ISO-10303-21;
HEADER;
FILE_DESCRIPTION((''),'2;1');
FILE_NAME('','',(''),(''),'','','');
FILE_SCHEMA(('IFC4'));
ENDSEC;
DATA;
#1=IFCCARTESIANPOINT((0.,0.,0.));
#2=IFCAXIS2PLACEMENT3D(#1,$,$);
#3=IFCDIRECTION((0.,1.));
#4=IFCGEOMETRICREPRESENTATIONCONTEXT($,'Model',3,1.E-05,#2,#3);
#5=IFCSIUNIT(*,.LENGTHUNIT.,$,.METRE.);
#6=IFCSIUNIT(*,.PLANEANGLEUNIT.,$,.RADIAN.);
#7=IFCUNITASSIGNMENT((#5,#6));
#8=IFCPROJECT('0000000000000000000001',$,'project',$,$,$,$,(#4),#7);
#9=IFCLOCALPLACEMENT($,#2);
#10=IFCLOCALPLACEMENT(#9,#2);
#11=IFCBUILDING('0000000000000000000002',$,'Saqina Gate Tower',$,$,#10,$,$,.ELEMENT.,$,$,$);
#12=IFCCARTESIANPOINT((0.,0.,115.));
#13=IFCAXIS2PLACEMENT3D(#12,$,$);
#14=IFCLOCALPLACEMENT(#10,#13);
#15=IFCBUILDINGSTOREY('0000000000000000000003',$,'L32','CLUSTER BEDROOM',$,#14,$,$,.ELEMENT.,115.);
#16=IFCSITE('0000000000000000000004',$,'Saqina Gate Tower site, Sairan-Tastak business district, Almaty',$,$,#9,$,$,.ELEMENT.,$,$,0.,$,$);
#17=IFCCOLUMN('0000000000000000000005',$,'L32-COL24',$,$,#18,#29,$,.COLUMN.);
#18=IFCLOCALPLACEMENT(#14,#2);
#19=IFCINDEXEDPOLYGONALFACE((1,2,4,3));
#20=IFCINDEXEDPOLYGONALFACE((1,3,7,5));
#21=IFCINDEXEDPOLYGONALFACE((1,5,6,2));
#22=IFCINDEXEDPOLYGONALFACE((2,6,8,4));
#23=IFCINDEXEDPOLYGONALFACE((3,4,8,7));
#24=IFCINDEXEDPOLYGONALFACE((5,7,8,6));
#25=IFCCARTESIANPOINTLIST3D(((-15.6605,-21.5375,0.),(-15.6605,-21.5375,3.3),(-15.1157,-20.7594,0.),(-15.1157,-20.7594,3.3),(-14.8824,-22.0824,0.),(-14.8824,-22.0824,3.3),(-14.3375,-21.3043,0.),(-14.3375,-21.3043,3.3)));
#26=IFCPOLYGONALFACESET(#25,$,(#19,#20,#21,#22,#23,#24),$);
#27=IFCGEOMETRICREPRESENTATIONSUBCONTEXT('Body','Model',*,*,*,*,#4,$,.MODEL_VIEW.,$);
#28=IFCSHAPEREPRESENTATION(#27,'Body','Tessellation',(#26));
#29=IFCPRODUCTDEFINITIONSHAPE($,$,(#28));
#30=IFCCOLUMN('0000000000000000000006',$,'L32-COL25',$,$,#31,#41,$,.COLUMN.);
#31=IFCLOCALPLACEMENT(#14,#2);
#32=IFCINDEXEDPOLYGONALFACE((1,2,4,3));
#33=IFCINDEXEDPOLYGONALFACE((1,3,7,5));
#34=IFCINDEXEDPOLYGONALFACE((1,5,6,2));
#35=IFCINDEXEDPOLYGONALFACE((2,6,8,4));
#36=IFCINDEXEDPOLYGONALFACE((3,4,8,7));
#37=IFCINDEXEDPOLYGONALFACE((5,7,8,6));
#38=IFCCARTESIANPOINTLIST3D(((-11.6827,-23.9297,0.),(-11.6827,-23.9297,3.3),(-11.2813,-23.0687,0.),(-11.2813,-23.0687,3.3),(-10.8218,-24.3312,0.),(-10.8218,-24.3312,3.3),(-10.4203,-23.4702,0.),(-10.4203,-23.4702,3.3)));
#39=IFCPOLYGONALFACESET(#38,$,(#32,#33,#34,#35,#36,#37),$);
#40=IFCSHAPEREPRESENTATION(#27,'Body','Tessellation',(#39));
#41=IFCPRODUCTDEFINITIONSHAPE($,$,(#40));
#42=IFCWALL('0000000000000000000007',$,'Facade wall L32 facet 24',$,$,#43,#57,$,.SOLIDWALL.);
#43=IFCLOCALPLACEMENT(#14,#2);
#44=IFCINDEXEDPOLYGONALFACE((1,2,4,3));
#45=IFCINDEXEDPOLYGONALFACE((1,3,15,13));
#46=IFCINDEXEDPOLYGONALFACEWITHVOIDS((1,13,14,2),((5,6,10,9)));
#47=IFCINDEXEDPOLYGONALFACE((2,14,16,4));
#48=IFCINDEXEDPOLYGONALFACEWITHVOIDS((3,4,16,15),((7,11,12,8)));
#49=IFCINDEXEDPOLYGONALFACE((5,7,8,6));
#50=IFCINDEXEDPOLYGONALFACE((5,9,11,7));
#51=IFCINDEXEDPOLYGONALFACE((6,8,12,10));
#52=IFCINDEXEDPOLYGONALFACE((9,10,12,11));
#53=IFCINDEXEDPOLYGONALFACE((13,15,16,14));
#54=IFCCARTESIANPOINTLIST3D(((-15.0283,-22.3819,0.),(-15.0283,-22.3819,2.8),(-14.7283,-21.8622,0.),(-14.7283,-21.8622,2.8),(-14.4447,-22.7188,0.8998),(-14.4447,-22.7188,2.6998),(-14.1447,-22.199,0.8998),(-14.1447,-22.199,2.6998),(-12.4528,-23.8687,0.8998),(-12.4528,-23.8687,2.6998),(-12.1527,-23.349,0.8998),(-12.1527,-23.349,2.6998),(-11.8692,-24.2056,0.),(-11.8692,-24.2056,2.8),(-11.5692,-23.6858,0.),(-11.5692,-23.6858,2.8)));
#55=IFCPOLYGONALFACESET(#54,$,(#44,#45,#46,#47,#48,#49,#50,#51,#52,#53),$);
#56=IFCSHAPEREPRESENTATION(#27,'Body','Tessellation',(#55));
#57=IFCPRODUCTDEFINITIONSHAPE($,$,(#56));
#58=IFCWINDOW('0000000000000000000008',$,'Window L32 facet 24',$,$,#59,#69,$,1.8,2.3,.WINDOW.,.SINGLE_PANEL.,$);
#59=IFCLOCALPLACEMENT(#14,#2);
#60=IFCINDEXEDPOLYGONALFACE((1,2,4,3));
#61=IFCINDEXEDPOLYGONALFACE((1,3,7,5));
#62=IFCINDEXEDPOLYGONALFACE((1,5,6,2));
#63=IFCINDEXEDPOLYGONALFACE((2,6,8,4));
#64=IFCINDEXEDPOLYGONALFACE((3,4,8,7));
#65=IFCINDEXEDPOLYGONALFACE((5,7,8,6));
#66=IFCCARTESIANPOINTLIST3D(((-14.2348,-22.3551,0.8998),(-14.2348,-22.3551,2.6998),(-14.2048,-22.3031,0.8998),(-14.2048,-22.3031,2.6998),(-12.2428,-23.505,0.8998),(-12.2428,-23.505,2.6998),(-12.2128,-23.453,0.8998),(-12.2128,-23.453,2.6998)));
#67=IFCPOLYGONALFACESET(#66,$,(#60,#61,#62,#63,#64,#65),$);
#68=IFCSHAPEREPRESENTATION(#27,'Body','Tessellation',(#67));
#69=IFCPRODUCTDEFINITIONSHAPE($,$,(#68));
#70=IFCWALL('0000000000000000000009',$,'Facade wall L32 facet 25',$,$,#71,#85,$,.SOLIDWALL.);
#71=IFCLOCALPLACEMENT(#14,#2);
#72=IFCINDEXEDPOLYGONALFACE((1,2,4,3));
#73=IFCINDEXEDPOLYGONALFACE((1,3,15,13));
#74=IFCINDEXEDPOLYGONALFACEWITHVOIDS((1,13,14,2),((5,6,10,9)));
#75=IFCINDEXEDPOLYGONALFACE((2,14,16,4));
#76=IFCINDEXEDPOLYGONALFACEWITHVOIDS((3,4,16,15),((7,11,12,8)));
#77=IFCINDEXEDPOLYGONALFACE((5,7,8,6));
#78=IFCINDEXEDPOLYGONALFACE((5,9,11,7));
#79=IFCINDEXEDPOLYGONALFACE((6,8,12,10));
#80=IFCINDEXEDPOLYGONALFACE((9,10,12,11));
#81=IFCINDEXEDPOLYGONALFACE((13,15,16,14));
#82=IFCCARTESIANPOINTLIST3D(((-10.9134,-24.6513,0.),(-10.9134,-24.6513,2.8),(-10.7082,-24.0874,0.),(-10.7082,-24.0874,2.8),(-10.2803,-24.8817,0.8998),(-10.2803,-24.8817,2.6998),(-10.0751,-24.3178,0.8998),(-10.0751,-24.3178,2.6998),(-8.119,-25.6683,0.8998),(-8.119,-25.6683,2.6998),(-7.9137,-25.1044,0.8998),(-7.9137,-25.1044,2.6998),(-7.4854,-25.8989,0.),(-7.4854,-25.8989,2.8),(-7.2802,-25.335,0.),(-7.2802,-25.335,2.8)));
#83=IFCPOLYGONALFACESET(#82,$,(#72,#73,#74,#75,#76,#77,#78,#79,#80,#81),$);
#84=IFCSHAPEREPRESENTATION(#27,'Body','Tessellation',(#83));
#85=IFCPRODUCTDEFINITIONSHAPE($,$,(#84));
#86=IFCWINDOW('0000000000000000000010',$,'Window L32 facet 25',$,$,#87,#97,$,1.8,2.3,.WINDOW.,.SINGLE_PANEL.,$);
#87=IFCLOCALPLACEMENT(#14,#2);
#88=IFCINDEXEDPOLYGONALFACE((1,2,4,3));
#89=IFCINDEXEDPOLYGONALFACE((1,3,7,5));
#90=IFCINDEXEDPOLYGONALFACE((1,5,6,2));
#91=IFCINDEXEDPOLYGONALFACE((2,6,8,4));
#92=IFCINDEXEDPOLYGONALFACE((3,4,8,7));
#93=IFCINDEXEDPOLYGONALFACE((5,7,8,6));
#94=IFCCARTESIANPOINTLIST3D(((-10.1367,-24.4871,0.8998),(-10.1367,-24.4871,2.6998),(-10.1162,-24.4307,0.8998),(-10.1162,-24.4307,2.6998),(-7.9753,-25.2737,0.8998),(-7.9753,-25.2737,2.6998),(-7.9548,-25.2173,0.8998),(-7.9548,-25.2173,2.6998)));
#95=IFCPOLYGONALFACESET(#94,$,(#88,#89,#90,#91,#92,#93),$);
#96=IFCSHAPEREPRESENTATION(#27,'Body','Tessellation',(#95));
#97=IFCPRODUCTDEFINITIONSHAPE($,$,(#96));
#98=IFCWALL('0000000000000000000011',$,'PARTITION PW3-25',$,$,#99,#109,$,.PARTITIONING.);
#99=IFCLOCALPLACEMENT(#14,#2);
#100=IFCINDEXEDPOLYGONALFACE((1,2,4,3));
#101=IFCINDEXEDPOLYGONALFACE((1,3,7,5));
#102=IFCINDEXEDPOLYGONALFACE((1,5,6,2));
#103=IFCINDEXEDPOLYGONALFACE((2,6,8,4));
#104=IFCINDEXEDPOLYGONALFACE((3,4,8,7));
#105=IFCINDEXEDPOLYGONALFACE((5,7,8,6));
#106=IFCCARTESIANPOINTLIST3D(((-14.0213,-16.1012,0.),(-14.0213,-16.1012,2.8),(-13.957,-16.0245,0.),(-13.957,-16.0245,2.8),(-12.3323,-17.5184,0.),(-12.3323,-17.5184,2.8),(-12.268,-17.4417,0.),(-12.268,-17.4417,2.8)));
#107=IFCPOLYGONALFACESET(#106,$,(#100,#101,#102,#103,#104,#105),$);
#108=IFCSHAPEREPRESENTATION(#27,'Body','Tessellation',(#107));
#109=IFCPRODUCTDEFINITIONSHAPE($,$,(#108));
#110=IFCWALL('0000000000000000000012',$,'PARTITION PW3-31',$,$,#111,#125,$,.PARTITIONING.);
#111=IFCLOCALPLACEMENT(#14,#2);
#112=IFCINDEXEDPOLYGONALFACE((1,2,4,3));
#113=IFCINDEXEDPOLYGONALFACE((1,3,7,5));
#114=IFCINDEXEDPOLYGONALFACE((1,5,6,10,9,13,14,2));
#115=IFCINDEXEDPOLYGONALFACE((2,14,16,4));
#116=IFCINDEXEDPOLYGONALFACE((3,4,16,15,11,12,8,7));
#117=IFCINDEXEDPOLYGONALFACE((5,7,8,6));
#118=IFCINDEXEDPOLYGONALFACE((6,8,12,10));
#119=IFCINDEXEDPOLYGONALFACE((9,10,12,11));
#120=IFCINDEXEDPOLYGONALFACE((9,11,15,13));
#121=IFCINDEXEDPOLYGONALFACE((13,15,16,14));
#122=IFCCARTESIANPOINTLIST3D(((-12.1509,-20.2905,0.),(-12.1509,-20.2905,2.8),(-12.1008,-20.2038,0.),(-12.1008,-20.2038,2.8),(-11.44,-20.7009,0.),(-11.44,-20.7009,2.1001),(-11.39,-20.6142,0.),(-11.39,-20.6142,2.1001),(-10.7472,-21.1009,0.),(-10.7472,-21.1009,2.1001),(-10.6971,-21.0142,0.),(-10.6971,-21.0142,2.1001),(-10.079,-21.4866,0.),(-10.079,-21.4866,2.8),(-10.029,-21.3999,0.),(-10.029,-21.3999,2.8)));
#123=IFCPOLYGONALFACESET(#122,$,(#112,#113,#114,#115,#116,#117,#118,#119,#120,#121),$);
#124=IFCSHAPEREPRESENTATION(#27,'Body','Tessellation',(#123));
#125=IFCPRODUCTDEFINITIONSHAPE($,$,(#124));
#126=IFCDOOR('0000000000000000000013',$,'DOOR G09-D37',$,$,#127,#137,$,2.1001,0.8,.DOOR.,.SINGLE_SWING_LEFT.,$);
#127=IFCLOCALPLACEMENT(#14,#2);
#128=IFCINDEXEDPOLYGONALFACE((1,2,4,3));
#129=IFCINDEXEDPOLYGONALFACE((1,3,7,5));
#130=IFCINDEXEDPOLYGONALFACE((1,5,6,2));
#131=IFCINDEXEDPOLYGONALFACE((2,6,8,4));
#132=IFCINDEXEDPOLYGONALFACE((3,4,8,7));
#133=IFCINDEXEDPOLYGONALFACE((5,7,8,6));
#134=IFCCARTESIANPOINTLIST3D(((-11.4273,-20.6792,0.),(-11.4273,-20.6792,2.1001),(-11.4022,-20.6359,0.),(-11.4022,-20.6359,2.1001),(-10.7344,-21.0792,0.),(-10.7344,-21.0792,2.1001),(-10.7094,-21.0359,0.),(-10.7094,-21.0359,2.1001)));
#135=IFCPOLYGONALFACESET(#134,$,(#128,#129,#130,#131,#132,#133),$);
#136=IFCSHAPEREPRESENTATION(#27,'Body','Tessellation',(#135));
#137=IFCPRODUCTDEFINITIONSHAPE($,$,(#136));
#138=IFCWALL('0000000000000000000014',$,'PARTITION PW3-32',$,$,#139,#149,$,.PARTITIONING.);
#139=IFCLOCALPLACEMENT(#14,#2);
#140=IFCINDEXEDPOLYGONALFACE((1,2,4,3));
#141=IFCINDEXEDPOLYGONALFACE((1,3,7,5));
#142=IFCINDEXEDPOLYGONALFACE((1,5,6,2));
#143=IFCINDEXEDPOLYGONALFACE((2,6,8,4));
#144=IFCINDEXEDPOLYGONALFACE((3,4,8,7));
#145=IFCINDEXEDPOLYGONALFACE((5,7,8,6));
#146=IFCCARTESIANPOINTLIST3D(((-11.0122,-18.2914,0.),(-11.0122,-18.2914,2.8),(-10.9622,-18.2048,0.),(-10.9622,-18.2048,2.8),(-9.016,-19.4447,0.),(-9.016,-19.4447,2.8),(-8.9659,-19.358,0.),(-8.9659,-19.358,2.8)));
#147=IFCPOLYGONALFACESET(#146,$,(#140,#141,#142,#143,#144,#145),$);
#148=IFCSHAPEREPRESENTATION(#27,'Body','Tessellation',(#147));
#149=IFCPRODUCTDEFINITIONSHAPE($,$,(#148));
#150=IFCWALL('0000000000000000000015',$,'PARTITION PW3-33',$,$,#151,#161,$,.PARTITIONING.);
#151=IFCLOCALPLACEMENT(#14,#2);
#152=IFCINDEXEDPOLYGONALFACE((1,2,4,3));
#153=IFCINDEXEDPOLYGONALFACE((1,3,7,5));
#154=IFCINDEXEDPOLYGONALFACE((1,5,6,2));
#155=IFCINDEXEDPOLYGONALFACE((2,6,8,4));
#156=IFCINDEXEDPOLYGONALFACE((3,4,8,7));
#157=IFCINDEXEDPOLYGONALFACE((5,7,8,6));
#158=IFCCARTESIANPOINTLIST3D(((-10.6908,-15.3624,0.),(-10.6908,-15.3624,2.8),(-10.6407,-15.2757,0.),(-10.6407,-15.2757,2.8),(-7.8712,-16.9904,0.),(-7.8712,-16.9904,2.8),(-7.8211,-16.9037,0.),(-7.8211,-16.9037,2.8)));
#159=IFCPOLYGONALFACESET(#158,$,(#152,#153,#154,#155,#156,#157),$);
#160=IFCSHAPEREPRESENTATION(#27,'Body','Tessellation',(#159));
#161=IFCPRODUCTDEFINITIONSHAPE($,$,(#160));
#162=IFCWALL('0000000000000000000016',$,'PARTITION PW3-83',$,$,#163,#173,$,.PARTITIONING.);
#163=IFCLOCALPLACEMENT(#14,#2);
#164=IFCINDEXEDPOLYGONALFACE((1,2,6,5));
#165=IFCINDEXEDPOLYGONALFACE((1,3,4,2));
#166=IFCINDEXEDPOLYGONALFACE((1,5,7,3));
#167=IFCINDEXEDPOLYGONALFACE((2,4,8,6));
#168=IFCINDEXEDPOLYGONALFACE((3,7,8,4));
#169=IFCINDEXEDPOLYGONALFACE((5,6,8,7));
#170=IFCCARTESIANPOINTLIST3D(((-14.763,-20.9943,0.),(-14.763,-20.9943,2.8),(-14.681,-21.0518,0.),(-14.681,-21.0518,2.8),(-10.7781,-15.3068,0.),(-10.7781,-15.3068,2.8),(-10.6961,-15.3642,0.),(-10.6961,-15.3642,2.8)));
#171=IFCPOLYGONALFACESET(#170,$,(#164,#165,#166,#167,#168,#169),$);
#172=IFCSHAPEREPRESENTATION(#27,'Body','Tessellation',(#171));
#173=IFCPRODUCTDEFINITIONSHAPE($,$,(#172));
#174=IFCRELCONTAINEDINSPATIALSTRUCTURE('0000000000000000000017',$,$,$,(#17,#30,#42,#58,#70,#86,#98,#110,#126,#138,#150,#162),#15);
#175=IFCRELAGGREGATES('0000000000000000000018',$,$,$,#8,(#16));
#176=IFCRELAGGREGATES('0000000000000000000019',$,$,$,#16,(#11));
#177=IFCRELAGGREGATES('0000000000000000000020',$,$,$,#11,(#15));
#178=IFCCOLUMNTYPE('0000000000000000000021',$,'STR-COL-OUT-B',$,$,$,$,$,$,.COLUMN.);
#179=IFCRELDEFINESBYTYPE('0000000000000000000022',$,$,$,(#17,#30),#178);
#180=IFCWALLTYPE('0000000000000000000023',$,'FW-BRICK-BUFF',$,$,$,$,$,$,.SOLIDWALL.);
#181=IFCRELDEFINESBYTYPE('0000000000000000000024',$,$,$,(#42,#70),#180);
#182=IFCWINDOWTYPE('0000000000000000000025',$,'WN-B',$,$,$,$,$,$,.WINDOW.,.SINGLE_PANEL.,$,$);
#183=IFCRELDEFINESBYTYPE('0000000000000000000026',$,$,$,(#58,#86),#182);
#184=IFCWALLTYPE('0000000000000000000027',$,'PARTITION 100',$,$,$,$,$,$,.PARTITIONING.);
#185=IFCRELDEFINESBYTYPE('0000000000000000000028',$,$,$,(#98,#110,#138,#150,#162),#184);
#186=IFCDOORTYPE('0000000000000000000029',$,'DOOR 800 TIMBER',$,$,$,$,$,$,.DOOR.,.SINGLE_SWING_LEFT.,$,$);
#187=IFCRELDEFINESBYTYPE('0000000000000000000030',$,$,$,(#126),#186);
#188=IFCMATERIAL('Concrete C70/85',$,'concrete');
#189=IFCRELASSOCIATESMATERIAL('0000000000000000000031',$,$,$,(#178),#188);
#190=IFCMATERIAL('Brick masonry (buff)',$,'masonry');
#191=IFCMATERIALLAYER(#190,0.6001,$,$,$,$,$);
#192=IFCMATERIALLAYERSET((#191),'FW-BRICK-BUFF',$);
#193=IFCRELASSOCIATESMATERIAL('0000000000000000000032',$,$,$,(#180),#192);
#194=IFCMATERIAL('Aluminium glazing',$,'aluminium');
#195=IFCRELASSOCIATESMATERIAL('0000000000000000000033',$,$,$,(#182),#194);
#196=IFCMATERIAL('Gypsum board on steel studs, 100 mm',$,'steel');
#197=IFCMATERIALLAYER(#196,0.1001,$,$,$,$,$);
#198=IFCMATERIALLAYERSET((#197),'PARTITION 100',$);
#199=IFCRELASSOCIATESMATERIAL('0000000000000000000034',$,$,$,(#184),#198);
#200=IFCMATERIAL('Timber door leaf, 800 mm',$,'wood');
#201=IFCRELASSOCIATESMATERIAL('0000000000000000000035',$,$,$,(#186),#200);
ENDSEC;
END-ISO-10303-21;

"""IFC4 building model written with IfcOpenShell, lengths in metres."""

from ifc_helpers import new_model, si_unit, direction, frame, frame_2d, origin, origin_2d, place, context, subcontext, project, spatial, rectangle, extrude, material, layer, layer_set, material_profile, profile_set, type_object, element, fill, save


model = new_model("IFC4")

# Units and contexts
model_context = context("Model", 3, precision=1e-05, world=origin(), true_north=direction((0.0, 1.0)))
body_context = subcontext(model_context, "Body", "Model", "MODEL_VIEW")
ifc_project = project(units=[si_unit("LENGTHUNIT", "METRE"), si_unit("PLANEANGLEUNIT", "RADIAN")], contexts=[model_context])

# Site, building, storey
site_placement = place(None, origin())
site = spatial("IfcSite", under=ifc_project, at=site_placement, Name="Saqina Gate Tower site, Sairan-Tastak business district, Almaty", CompositionType="ELEMENT", RefElevation=0.0)
building_placement = place(site_placement, origin())
building = spatial("IfcBuilding", under=site, at=building_placement, Name="Saqina Gate Tower", CompositionType="ELEMENT")
storey_placement = place(building_placement, frame((0.0, 0.0, 115.0)))
storey = spatial("IfcBuildingStorey", under=building, at=storey_placement, Name="L32", Description="CLUSTER BEDROOM", CompositionType="ELEMENT", Elevation=115.0)

# Columns
ifc_material_1 = material(Name="Concrete C70/85", Category="concrete")
ifc_material_profile = material_profile(ifc_material_1, rectangle(XDim=0.95, YDim=0.95, at=origin_2d()), Name="RC 950x950")
ifc_profile_set = profile_set([ifc_material_profile], Name="Concrete C70/85")
column_type = type_object("IfcColumnType", Name="STR-COL-OUT-B", PredefinedType="COLUMN", material=ifc_profile_set)
for number, where, z_axis, x_axis, name in (
    (1, (-14.999, -21.4209, 0.0), (0.0, 0.0, 1.0), (-0.573576, -0.819152, 0.0), "L32-COL24"),
    (2, (-11.0515, -23.7, 0.0), (0.0, 0.0, 1.0), (-0.422618, -0.906308, 0.0), "L32-COL25"),
):
    element("IfcColumn", number, at=place(storey_placement, frame(where, z_axis=z_axis, x_axis=x_axis)), inside=storey, type_object=column_type, Name=name, PredefinedType="COLUMN", context=body_context, shape_type="SweptSolid", body=[
        extrude(rectangle(XDim=0.95, YDim=0.95, at=origin_2d()), origin(), (0.0, 0.0, 1.0), 3.3),
    ])

# Walls, openings, windows
ifc_material_2 = material(Name="Brick masonry (buff)", Category="masonry")
ifc_layer_1 = layer(ifc_material_2, 0.6001)
ifc_layer_set_1 = layer_set([ifc_layer_1], Name="FW-BRICK-BUFF")
wall_type_1 = type_object("IfcWallType", Name="FW-BRICK-BUFF", PredefinedType="SOLIDWALL", material=ifc_layer_set_1)
wall_1_placement = place(storey_placement, frame((-14.8782, -22.1221, 0.0), z_axis=(0.0, 0.0, 1.0), x_axis=(0.866052, -0.499954, 0.0)))
wall_1 = element("IfcWall", 3, at=wall_1_placement, inside=storey, type_object=wall_type_1, Name="Facade wall L32 facet 24", PredefinedType="SOLIDWALL", context=body_context, shape_type="SweptSolid", body=[
    extrude(rectangle(XDim=3.6477, YDim=0.6001, at=frame_2d((1.8237, 0.0))), origin(), (0.0, 0.0, 1.0), 2.8),
])
opening_1_placement = place(wall_1_placement, frame((0.6738, 0.0, 0.8999)))
opening_1 = element("IfcOpeningElement", 4, at=opening_1_placement, cuts=wall_1, PredefinedType="OPENING", context=body_context, shape_type="SweptSolid", body=[
    extrude(rectangle(XDim=2.3, YDim=1.8, at=frame_2d((1.1499, 0.8999))), frame((0.0, 0.312, 0.0), z_axis=(0.0, -1.0, 0.0), x_axis=(1.0, 0.0, 0.0)), (0.0, 0.0, 1.0), 0.624),
])
ifc_material_3 = material(Name="Aluminium glazing", Category="aluminium")
window_type = type_object("IfcWindowType", Name="WN-B", PartitioningType="SINGLE_PANEL", PredefinedType="WINDOW", material=ifc_material_3)
window_1_placement = place(opening_1_placement, origin())
window_1 = element("IfcWindow", 5, at=window_1_placement, inside=storey, type_object=window_type, Name="Window L32 facet 24", OverallHeight=1.8, OverallWidth=2.3, PartitioningType="SINGLE_PANEL", PredefinedType="WINDOW", context=body_context, shape_type="SweptSolid", body=[
    extrude(rectangle(XDim=2.3, YDim=1.8, at=frame_2d((1.1499, 0.8999))), frame((0.0, 0.1799, 0.0), z_axis=(0.0, -1.0, 0.0), x_axis=(1.0, 0.0, 0.0)), (0.0, 0.0, 1.0), 0.0601),
])
fill(opening_1, window_1)
wall_2_placement = place(storey_placement, frame((-10.8108, -24.3694, 0.0), z_axis=(0.0, 0.0, 1.0), x_axis=(0.939704, -0.34199, 0.0)))
wall_2 = element("IfcWall", 6, at=wall_2_placement, inside=storey, type_object=wall_type_1, Name="Facade wall L32 facet 25", PredefinedType="SOLIDWALL", context=body_context, shape_type="SweptSolid", body=[
    extrude(rectangle(XDim=3.6479, YDim=0.6001, at=frame_2d((1.824, 0.0))), origin(), (0.0, 0.0, 1.0), 2.8),
])
opening_2_placement = place(wall_2_placement, frame((0.6738, 0.0, 0.8999)))
opening_2 = element("IfcOpeningElement", 7, at=opening_2_placement, cuts=wall_2, PredefinedType="OPENING", context=body_context, shape_type="SweptSolid", body=[
    extrude(rectangle(XDim=2.3, YDim=1.8, at=frame_2d((1.1499, 0.8999))), frame((0.0, 0.312, 0.0), z_axis=(0.0, -1.0, 0.0), x_axis=(1.0, 0.0, 0.0)), (0.0, 0.0, 1.0), 0.624),
])
window_2_placement = place(opening_2_placement, origin())
window_2 = element("IfcWindow", 8, at=window_2_placement, inside=storey, type_object=window_type, Name="Window L32 facet 25", OverallHeight=1.8, OverallWidth=2.3, PartitioningType="SINGLE_PANEL", PredefinedType="WINDOW", context=body_context, shape_type="SweptSolid", body=[
    extrude(rectangle(XDim=2.3, YDim=1.8, at=frame_2d((1.1499, 0.8999))), frame((0.0, 0.1799, 0.0), z_axis=(0.0, -1.0, 0.0), x_axis=(1.0, 0.0, 0.0)), (0.0, 0.0, 1.0), 0.0601),
])
fill(opening_2, window_2)

# Wall
ifc_material_4 = material(Name="Gypsum board on steel studs, 100 mm", Category="steel")
ifc_layer_2 = layer(ifc_material_4, 0.1001)
ifc_layer_set_2 = layer_set([ifc_layer_2], Name="PARTITION 100")
wall_type_2 = type_object("IfcWallType", Name="PARTITION 100", PredefinedType="PARTITIONING", material=ifc_layer_set_2)
wall_3_placement = place(storey_placement, frame((-13.9893, -16.0627, 0.0), z_axis=(0.0, 0.0, 1.0), x_axis=(0.766039, -0.642795, 0.0)))
element("IfcWall", 9, at=wall_3_placement, inside=storey, type_object=wall_type_2, Name="PARTITION PW3-25", PredefinedType="PARTITIONING", context=body_context, shape_type="SweptSolid", body=[
    extrude(rectangle(XDim=2.2048, YDim=0.1001, at=frame_2d((1.1025, 0.0))), origin(), (0.0, 0.0, 1.0), 2.8),
])

# Wall, opening, door
wall_4_placement = place(storey_placement, frame((-12.126, -20.2471, 0.0), z_axis=(0.0, 0.0, 1.0), x_axis=(0.866043, -0.49997, 0.0)))
wall_4 = element("IfcWall", 10, at=wall_4_placement, inside=storey, type_object=wall_type_2, Name="PARTITION PW3-31", PredefinedType="PARTITIONING", context=body_context, shape_type="SweptSolid", body=[
    extrude(rectangle(XDim=2.3923, YDim=0.1001, at=frame_2d((1.1963, 0.0))), origin(), (0.0, 0.0, 1.0), 2.8),
])
opening_3_placement = place(wall_4_placement, frame((0.821, 0.0, 0.0)))
opening_3 = element("IfcOpeningElement", 11, at=opening_3_placement, cuts=wall_4, PredefinedType="OPENING", context=body_context, shape_type="SweptSolid", body=[
    extrude(rectangle(XDim=0.8, YDim=2.1001, at=frame_2d((0.3999, 1.05))), frame((0.0, 0.062, 0.0), z_axis=(0.0, -1.0, 0.0), x_axis=(1.0, 0.0, 0.0)), (0.0, 0.0, 1.0), 0.124),
])
ifc_material_5 = material(Name="Timber door leaf, 800 mm", Category="wood")
door_type_1 = type_object("IfcDoorType", Name="DOOR 800 TIMBER", OperationType="SINGLE_SWING_LEFT", PredefinedType="DOOR", material=ifc_material_5)
door_1_placement = place(opening_3_placement, frame((0.8, 0.0, 0.0), z_axis=(0.0, 0.0, 1.0), x_axis=(-1.0, 0.0, 0.0)))
door_1 = element("IfcDoor", 12, at=door_1_placement, inside=storey, type_object=door_type_1, Name="DOOR G09-D37", OperationType="SINGLE_SWING_LEFT", OverallHeight=2.1001, OverallWidth=0.8, PredefinedType="DOOR", context=body_context, shape_type="SweptSolid", body=[
    extrude(rectangle(XDim=0.8, YDim=2.1001, at=frame_2d((0.3999, 1.05))), frame((0.0, 0.0249, 0.0), z_axis=(0.0, -1.0, 0.0), x_axis=(1.0, 0.0, 0.0)), (0.0, 0.0, 1.0), 0.05),
])
fill(opening_3, door_1)

# Walls
wall_5_placement = place(storey_placement, frame((-10.9873, -18.248, 0.0), z_axis=(0.0, 0.0, 1.0), x_axis=(0.865887, -0.500239, 0.0)))
element("IfcWall", 13, at=wall_5_placement, inside=storey, type_object=wall_type_2, Name="PARTITION PW3-32", PredefinedType="PARTITIONING", context=body_context, shape_type="SweptSolid", body=[
    extrude(rectangle(XDim=2.3054, YDim=0.1001, at=frame_2d((1.1528, 0.0))), origin(), (0.0, 0.0, 1.0), 2.8),
])
wall_6_placement = place(storey_placement, frame((-10.6658, -15.3191, 0.0), z_axis=(0.0, 0.0, 1.0), x_axis=(0.86602, -0.50001, 0.0)))
element("IfcWall", 14, at=wall_6_placement, inside=storey, type_object=wall_type_2, Name="PARTITION PW3-33", PredefinedType="PARTITIONING", context=body_context, shape_type="SweptSolid", body=[
    extrude(rectangle(XDim=3.2559, YDim=0.1001, at=frame_2d((1.6279, 0.0))), origin(), (0.0, 0.0, 1.0), 2.8),
])
wall_7_placement = place(storey_placement, frame((-14.7219, -21.0229, 0.0), z_axis=(0.0, 0.0, 1.0), x_axis=(0.573811, 0.818987, 0.0)))
element("IfcWall", 15, at=wall_7_placement, inside=storey, type_object=wall_type_2, Name="PARTITION PW3-83", PredefinedType="PARTITIONING", context=body_context, shape_type="SweptSolid", body=[
    extrude(rectangle(XDim=6.9446, YDim=0.1001, at=frame_2d((3.4722, 0.0))), origin(), (0.0, 0.0, 1.0), 2.8),
])

save(model, "model.ifc")
